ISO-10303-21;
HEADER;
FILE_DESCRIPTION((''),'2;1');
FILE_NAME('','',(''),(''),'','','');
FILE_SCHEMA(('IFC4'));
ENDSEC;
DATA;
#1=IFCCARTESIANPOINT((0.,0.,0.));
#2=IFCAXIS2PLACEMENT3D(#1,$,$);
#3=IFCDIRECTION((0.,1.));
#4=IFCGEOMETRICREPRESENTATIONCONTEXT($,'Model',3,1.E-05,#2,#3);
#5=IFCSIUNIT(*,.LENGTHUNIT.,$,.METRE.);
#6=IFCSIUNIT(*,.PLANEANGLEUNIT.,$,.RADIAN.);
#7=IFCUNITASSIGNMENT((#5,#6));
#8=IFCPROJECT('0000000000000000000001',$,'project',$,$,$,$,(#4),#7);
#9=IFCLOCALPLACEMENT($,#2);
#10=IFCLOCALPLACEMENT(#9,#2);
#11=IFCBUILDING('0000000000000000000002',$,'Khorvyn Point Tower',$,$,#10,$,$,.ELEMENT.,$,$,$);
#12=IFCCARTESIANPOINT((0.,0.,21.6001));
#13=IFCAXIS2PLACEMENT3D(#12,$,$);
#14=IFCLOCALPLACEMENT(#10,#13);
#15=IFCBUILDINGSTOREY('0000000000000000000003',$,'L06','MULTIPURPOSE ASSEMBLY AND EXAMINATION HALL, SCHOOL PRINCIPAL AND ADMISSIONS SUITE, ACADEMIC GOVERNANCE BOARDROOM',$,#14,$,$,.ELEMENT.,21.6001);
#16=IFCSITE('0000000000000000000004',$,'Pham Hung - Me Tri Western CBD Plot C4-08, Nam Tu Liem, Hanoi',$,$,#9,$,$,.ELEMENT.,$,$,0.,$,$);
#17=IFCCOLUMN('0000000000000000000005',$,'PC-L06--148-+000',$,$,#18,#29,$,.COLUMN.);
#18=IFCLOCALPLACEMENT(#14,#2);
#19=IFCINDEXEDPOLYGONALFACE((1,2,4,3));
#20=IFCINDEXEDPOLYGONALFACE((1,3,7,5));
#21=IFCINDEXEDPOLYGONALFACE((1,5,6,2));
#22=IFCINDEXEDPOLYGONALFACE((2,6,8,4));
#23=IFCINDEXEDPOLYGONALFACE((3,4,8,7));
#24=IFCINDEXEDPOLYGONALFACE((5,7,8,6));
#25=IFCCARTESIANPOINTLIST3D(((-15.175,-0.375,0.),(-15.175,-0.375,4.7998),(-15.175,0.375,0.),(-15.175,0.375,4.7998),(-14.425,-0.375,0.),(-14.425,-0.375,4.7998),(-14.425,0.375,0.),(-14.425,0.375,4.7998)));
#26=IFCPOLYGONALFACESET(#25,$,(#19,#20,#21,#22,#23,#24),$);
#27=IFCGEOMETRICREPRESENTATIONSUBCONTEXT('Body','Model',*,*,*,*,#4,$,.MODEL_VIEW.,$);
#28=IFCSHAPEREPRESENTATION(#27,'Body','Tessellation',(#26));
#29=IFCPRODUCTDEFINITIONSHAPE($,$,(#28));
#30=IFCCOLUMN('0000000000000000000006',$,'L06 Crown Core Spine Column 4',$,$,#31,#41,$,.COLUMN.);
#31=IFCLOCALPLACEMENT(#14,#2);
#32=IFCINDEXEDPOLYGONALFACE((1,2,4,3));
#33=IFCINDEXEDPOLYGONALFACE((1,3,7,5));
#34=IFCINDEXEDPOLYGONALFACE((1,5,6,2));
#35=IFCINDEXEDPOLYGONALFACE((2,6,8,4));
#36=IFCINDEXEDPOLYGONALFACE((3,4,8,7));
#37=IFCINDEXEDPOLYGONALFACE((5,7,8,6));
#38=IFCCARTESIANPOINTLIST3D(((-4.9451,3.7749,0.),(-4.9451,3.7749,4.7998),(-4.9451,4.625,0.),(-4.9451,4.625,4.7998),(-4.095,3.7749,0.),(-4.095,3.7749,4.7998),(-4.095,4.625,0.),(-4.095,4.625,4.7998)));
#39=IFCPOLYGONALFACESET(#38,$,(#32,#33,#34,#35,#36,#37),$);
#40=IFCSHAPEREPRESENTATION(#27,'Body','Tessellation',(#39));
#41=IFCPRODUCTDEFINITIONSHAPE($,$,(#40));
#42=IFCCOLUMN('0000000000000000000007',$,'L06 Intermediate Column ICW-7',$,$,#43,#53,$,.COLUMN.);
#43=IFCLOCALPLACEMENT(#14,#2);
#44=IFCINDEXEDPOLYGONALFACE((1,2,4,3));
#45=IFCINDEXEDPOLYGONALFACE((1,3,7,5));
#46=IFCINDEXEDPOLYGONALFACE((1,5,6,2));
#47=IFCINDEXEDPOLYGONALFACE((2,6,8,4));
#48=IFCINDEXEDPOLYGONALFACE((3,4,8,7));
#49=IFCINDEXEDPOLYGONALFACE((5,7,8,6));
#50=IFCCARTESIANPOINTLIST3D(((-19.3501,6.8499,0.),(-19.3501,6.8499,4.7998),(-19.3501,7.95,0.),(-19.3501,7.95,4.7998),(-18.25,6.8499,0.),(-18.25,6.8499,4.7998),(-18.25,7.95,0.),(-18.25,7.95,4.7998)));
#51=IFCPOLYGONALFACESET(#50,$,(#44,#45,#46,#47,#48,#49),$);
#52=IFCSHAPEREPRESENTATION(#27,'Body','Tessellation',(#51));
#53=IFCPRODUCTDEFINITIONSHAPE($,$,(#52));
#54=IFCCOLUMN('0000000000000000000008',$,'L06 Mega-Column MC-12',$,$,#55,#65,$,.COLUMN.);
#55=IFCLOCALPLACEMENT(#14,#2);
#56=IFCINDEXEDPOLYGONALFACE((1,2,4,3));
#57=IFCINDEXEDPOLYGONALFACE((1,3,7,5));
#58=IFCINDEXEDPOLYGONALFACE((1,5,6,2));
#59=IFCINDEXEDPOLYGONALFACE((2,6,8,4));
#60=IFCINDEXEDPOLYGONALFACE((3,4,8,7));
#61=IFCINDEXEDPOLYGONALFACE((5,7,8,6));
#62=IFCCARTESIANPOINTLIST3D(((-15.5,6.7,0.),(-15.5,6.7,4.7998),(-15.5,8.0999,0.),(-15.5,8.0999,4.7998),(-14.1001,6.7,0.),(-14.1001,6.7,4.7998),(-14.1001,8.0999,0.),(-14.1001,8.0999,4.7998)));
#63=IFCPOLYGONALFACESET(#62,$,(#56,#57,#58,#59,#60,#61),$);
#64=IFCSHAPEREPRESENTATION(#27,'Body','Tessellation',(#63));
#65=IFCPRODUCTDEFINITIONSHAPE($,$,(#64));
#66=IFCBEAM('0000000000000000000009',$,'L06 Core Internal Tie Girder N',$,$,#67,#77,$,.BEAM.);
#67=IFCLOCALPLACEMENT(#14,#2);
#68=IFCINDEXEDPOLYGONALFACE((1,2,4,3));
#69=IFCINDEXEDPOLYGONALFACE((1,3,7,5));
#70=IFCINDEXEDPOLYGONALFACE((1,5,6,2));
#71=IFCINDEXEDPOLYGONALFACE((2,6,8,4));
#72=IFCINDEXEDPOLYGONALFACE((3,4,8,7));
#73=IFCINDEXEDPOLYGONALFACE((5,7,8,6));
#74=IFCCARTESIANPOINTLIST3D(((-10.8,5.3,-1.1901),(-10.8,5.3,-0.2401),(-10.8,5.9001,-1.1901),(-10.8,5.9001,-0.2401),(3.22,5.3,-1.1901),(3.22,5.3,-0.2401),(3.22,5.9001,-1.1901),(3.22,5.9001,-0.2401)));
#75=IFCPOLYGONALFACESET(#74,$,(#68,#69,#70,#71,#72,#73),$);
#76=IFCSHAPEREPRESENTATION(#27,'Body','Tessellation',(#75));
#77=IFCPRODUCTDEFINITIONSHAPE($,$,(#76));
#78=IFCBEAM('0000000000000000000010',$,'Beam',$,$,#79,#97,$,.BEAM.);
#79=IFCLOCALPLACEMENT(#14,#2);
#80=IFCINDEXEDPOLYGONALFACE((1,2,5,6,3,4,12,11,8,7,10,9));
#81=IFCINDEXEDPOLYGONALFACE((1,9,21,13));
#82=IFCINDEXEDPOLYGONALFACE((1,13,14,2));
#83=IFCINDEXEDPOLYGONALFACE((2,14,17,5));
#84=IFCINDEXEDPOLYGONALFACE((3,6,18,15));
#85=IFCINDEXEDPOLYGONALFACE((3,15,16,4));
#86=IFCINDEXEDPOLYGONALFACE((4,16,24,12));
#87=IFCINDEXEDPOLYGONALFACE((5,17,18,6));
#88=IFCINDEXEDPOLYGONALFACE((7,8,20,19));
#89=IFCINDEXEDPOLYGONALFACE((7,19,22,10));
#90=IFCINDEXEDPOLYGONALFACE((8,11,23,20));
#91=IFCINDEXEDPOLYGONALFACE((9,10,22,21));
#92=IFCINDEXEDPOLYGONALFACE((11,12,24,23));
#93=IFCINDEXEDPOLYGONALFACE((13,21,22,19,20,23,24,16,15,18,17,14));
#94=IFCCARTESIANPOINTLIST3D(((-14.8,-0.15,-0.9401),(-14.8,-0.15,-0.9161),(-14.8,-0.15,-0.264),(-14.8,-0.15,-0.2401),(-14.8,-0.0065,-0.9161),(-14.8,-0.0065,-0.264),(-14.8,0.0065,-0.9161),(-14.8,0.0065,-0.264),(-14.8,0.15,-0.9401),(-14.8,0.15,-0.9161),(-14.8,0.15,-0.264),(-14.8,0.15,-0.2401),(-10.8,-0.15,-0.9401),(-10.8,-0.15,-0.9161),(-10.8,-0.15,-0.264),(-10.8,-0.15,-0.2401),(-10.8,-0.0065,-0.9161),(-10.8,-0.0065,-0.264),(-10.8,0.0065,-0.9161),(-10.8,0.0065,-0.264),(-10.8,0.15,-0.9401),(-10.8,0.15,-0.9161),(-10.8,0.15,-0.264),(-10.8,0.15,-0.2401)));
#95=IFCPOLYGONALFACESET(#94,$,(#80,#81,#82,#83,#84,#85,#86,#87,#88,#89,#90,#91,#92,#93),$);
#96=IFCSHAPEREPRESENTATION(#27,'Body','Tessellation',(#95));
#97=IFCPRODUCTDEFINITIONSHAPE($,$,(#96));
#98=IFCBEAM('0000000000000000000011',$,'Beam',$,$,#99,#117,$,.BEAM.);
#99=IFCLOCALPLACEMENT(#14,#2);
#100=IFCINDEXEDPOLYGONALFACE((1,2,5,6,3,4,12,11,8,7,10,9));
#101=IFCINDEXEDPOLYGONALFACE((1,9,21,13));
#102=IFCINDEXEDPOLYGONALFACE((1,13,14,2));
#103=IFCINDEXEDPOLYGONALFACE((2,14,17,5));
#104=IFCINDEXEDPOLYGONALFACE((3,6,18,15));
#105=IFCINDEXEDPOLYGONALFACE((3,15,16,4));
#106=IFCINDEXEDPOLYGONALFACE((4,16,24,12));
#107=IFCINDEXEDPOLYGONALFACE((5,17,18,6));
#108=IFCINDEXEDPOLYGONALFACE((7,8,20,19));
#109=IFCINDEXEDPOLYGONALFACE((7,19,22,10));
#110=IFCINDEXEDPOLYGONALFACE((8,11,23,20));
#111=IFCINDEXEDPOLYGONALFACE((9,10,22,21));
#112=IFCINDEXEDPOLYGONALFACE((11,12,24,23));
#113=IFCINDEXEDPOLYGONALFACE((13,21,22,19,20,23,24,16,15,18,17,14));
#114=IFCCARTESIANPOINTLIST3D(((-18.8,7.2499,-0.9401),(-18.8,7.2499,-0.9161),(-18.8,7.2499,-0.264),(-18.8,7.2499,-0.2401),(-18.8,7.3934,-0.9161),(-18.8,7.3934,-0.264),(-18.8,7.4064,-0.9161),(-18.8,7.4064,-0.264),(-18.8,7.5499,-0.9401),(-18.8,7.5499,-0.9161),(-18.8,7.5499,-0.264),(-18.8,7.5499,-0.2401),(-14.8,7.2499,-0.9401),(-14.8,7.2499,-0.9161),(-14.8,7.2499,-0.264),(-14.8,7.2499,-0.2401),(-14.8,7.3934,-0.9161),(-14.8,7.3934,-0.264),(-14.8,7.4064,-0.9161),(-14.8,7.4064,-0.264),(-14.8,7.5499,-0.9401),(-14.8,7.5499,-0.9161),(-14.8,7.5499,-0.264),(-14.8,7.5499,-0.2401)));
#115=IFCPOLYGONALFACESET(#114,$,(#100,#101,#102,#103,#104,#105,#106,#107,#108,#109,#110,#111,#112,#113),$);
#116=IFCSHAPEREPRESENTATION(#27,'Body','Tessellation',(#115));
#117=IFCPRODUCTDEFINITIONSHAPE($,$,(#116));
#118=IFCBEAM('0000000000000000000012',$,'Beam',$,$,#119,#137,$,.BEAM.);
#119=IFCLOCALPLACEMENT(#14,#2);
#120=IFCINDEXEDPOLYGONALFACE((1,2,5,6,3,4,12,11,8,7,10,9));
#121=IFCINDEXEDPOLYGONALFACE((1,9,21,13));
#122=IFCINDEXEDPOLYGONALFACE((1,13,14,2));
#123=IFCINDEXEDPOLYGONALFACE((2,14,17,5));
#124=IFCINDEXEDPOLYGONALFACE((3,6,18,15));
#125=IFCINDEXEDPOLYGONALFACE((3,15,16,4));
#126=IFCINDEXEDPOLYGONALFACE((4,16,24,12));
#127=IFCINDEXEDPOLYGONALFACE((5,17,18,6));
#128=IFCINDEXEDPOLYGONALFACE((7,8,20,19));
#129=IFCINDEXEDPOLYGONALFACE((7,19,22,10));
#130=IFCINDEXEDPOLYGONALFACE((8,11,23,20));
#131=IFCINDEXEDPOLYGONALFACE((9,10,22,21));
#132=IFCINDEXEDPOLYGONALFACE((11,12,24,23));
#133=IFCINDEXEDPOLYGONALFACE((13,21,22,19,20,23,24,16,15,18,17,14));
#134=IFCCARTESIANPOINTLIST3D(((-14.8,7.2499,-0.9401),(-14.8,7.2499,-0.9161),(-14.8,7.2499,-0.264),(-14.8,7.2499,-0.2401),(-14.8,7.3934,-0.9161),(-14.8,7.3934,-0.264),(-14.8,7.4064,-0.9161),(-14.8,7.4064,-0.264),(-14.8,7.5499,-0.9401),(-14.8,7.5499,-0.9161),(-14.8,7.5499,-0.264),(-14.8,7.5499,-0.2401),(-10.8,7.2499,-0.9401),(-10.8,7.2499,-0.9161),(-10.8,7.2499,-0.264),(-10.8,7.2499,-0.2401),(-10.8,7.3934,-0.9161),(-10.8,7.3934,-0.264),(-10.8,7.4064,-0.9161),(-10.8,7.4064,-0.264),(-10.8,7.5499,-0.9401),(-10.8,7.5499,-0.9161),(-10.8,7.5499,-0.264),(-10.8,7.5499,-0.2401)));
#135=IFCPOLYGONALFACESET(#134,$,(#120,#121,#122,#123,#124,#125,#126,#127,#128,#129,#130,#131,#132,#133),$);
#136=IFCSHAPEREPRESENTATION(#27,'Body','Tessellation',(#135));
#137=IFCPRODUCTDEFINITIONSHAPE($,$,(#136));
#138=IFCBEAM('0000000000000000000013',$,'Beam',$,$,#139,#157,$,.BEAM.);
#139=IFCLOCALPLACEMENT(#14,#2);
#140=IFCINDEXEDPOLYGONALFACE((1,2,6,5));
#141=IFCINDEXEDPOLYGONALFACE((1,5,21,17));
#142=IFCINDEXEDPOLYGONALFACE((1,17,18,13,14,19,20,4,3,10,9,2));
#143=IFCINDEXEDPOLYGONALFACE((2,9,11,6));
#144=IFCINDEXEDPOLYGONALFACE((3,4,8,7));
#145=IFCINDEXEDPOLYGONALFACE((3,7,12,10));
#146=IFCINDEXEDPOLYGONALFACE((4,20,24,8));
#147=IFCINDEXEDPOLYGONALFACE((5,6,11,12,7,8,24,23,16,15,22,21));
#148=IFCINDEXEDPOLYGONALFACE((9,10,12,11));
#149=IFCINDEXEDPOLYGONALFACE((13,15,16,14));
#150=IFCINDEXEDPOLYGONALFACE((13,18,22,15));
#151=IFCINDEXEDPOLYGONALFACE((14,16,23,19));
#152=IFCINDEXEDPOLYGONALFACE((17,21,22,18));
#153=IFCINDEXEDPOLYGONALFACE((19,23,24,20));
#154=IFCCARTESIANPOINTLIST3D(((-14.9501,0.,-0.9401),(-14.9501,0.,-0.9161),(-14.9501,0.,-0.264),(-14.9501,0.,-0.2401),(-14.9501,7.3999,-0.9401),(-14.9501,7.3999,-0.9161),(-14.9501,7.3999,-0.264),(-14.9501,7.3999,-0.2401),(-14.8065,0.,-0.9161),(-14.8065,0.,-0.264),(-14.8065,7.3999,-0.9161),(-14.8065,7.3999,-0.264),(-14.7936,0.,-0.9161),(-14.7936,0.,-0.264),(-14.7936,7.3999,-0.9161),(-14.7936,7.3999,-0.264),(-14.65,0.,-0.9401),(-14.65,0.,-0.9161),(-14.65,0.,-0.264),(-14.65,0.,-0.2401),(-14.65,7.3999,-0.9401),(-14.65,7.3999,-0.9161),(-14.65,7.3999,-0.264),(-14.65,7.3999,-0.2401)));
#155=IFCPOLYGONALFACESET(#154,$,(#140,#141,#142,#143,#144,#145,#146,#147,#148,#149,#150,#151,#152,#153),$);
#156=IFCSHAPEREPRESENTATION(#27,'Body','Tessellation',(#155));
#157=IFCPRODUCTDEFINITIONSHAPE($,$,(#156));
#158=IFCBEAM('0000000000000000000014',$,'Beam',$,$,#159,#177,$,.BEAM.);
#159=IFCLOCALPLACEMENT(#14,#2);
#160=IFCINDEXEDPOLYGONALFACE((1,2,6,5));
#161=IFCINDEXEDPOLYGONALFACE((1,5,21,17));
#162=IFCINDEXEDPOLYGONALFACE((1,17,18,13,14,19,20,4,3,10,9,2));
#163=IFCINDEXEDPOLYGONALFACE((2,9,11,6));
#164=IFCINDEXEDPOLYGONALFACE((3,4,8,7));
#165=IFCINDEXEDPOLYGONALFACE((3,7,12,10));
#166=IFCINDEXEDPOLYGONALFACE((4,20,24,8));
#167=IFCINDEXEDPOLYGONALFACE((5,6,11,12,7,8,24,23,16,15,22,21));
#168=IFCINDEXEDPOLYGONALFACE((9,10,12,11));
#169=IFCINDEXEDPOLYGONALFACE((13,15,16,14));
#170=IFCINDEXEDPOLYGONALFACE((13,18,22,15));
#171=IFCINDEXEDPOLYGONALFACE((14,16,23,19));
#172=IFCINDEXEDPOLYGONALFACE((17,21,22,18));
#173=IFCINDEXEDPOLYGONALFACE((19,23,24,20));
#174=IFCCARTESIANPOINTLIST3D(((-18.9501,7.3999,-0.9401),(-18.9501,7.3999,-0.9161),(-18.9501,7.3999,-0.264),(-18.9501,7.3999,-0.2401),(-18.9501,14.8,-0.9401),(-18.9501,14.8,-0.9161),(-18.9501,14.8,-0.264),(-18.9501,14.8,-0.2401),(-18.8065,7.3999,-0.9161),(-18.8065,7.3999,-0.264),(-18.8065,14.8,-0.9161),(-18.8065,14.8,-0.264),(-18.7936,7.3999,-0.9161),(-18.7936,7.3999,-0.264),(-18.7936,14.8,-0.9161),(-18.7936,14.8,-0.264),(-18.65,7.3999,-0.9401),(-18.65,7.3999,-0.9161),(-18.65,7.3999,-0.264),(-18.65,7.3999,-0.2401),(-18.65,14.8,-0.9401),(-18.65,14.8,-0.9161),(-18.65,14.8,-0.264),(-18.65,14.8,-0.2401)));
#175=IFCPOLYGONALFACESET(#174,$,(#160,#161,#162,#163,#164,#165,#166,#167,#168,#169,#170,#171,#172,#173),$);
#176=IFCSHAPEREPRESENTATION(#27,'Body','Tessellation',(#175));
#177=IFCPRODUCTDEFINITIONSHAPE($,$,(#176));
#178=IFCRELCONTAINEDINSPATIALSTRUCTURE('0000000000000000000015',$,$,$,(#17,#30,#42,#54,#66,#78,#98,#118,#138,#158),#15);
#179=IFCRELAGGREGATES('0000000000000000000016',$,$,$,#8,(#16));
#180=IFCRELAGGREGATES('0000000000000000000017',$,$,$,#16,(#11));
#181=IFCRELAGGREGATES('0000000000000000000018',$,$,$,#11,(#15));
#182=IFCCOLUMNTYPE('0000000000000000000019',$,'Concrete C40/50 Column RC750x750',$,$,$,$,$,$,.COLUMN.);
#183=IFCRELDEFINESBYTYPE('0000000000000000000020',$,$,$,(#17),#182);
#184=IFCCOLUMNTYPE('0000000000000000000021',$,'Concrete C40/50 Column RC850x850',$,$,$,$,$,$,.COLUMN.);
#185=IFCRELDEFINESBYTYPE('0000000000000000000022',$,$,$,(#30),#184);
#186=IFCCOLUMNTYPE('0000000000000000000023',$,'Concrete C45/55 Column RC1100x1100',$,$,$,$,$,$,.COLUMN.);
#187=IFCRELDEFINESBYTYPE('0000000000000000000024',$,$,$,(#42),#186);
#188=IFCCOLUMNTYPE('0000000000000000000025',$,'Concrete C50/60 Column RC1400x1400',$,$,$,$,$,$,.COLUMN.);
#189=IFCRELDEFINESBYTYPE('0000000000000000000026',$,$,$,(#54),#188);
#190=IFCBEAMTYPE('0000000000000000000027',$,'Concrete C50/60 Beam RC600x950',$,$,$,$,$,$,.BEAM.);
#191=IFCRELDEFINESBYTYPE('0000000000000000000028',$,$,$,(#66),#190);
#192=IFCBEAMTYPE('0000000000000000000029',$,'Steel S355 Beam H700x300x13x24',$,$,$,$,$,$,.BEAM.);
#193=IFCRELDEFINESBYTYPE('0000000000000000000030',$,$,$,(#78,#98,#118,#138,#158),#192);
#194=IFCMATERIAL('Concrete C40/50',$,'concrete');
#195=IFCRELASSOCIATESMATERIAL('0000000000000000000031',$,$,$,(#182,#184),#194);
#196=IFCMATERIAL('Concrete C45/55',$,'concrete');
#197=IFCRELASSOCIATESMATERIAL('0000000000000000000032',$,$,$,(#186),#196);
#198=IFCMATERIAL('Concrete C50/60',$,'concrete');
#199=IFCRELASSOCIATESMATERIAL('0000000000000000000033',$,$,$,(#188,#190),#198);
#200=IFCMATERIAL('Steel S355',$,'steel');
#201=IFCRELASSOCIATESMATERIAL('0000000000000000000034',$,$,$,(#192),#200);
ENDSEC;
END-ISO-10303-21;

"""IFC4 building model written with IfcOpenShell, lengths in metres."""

from ifc_helpers import new_model, si_unit, direction, frame, origin, origin_2d, place, context, subcontext, project, spatial, rectangle, i_section, extrude, material, material_profile, profile_set, type_object, element, save


model = new_model("IFC4")

# Units and contexts
model_context = context("Model", 3, precision=1e-05, world=origin(), true_north=direction((0.0, 1.0)))
body_context = subcontext(model_context, "Body", "Model", "MODEL_VIEW")
ifc_project = project(units=[si_unit("LENGTHUNIT", "METRE"), si_unit("PLANEANGLEUNIT", "RADIAN")], contexts=[model_context])

# Site, building, storey
site_placement = place(None, origin())
site = spatial("IfcSite", under=ifc_project, at=site_placement, Name="Pham Hung - Me Tri Western CBD Plot C4-08, Nam Tu Liem, Hanoi", CompositionType="ELEMENT", RefElevation=0.0)
building_placement = place(site_placement, origin())
building = spatial("IfcBuilding", under=site, at=building_placement, Name="Khorvyn Point Tower", CompositionType="ELEMENT")
storey_placement = place(building_placement, frame((0.0, 0.0, 21.6001)))
storey = spatial("IfcBuildingStorey", under=building, at=storey_placement, Name="L06", Description="MULTIPURPOSE ASSEMBLY AND EXAMINATION HALL, SCHOOL PRINCIPAL AND ADMISSIONS SUITE, ACADEMIC GOVERNANCE BOARDROOM", CompositionType="ELEMENT", Elevation=21.6001)

# Columns
ifc_material_1 = material(Name="Concrete C40/50", Category="concrete")
ifc_material_profile_1 = material_profile(ifc_material_1, rectangle(XDim=0.75, YDim=0.75, at=origin_2d()))
ifc_profile_set_1 = profile_set([ifc_material_profile_1], Name="Concrete C40/50 RC750x750")
column_type_1 = type_object("IfcColumnType", Name="Concrete C40/50 Column RC750x750", PredefinedType="COLUMN", material=ifc_profile_set_1)
column_1_placement = place(storey_placement, frame((-14.8, 0.0, 0.0), z_axis=(0.0, 0.0, 1.0), x_axis=(1.0, 0.0, 0.0)))
element("IfcColumn", 1, at=column_1_placement, inside=storey, type_object=column_type_1, Name="PC-L06--148-+000", PredefinedType="COLUMN", context=body_context, shape_type="SweptSolid", body=[
    extrude(rectangle(XDim=0.75, YDim=0.75, at=origin_2d()), origin(), (0.0, 0.0, 1.0), 4.7998),
])
ifc_material_profile_2 = material_profile(ifc_material_1, rectangle(XDim=0.8501, YDim=0.8501, at=origin_2d()))
ifc_profile_set_2 = profile_set([ifc_material_profile_2], Name="Concrete C40/50 RC850x850")
column_type_2 = type_object("IfcColumnType", Name="Concrete C40/50 Column RC850x850", PredefinedType="COLUMN", material=ifc_profile_set_2)
column_2_placement = place(storey_placement, frame((-4.52, 4.2, 0.0), z_axis=(0.0, 0.0, 1.0), x_axis=(1.0, 0.0, 0.0)))
element("IfcColumn", 2, at=column_2_placement, inside=storey, type_object=column_type_2, Name="L06 Crown Core Spine Column 4", PredefinedType="COLUMN", context=body_context, shape_type="SweptSolid", body=[
    extrude(rectangle(XDim=0.8501, YDim=0.8501, at=origin_2d()), origin(), (0.0, 0.0, 1.0), 4.7998),
])
ifc_material_2 = material(Name="Concrete C45/55", Category="concrete")
ifc_material_profile_3 = material_profile(ifc_material_2, rectangle(XDim=1.1001, YDim=1.1001, at=origin_2d()))
ifc_profile_set_3 = profile_set([ifc_material_profile_3], Name="Concrete C45/55 RC1100x1100")
column_type_3 = type_object("IfcColumnType", Name="Concrete C45/55 Column RC1100x1100", PredefinedType="COLUMN", material=ifc_profile_set_3)
column_3_placement = place(storey_placement, frame((-18.8, 7.3999, 0.0), z_axis=(0.0, 0.0, 1.0), x_axis=(1.0, 0.0, 0.0)))
element("IfcColumn", 3, at=column_3_placement, inside=storey, type_object=column_type_3, Name="L06 Intermediate Column ICW-7", PredefinedType="COLUMN", context=body_context, shape_type="SweptSolid", body=[
    extrude(rectangle(XDim=1.1001, YDim=1.1001, at=origin_2d()), origin(), (0.0, 0.0, 1.0), 4.7998),
])
ifc_material_3 = material(Name="Concrete C50/60", Category="concrete")
ifc_material_profile_4 = material_profile(ifc_material_3, rectangle(XDim=1.3999, YDim=1.3999, at=origin_2d()))
ifc_profile_set_4 = profile_set([ifc_material_profile_4], Name="Concrete C50/60 RC1400x1400")
column_type_4 = type_object("IfcColumnType", Name="Concrete C50/60 Column RC1400x1400", PredefinedType="COLUMN", material=ifc_profile_set_4)
column_4_placement = place(storey_placement, frame((-14.8, 7.3999, 0.0), z_axis=(0.0, 0.0, 1.0), x_axis=(1.0, 0.0, 0.0)))
element("IfcColumn", 4, at=column_4_placement, inside=storey, type_object=column_type_4, Name="L06 Mega-Column MC-12", PredefinedType="COLUMN", context=body_context, shape_type="SweptSolid", body=[
    extrude(rectangle(XDim=1.3999, YDim=1.3999, at=origin_2d()), origin(), (0.0, 0.0, 1.0), 4.7998),
])

# Beams
ifc_material_profile_5 = material_profile(ifc_material_3, rectangle(XDim=0.6001, YDim=0.95, at=origin_2d()))
ifc_profile_set_5 = profile_set([ifc_material_profile_5], Name="Concrete C50/60 RC600x950")
beam_type_1 = type_object("IfcBeamType", Name="Concrete C50/60 Beam RC600x950", PredefinedType="BEAM", material=ifc_profile_set_5)
beam_1_placement = place(storey_placement, frame((-10.8, 5.6001, -0.7151), z_axis=(1.0, 0.0, 0.0), x_axis=(0.0, 1.0, 0.0)))
element("IfcBeam", 5, at=beam_1_placement, inside=storey, type_object=beam_type_1, Name="L06 Core Internal Tie Girder N", PredefinedType="BEAM", context=body_context, shape_type="SweptSolid", body=[
    extrude(rectangle(XDim=0.6001, YDim=0.95, at=origin_2d()), origin(), (0.0, 0.0, 1.0), 14.02),
])
ifc_material_4 = material(Name="Steel S355", Category="steel")
ifc_material_profile_6 = material_profile(ifc_material_4, i_section(OverallWidth=0.3, OverallDepth=0.7, WebThickness=0.0129, FlangeThickness=0.0239, at=origin_2d()))
ifc_profile_set_6 = profile_set([ifc_material_profile_6], Name="Steel S355 H700x300x13x24")
beam_type_2 = type_object("IfcBeamType", Name="Steel S355 Beam H700x300x13x24", PredefinedType="BEAM", material=ifc_profile_set_6)
for number, where, z_axis, x_axis, name in (
    (6, (-14.8, 0.0, -0.5901), (1.0, 0.0, 0.0), (0.0, 1.0, 0.0), "Beam"),
    (7, (-18.8, 7.3999, -0.5901), (1.0, 0.0, 0.0), (0.0, 1.0, 0.0), "Beam"),
    (8, (-14.8, 7.3999, -0.5901), (1.0, 0.0, 0.0), (0.0, 1.0, 0.0), "Beam"),
):
    element("IfcBeam", number, at=place(storey_placement, frame(where, z_axis=z_axis, x_axis=x_axis)), inside=storey, type_object=beam_type_2, Name=name, PredefinedType="BEAM", context=body_context, shape_type="SweptSolid", body=[
        extrude(i_section(OverallWidth=0.3, OverallDepth=0.7, WebThickness=0.0129, FlangeThickness=0.0239, at=origin_2d()), origin(), (0.0, 0.0, 1.0), 4.0),
    ])
beam_2_placement = place(storey_placement, frame((-14.8, 0.0, -0.5901), z_axis=(0.0, 1.0, 0.0), x_axis=(-1.0, 0.0, 0.0)))
element("IfcBeam", 9, at=beam_2_placement, inside=storey, type_object=beam_type_2, Name="Beam", PredefinedType="BEAM", context=body_context, shape_type="SweptSolid", body=[
    extrude(i_section(OverallWidth=0.3, OverallDepth=0.7, WebThickness=0.0129, FlangeThickness=0.0239, at=origin_2d()), origin(), (0.0, 0.0, 1.0), 7.3999),
])
beam_3_placement = place(storey_placement, frame((-18.8, 7.3999, -0.5901), z_axis=(0.0, 1.0, 0.0), x_axis=(-1.0, 0.0, 0.0)))
element("IfcBeam", 10, at=beam_3_placement, inside=storey, type_object=beam_type_2, Name="Beam", PredefinedType="BEAM", context=body_context, shape_type="SweptSolid", body=[
    extrude(i_section(OverallWidth=0.3, OverallDepth=0.7, WebThickness=0.0129, FlangeThickness=0.0239, at=origin_2d()), origin(), (0.0, 0.0, 1.0), 7.4001),
])

save(model, "model.ifc")
